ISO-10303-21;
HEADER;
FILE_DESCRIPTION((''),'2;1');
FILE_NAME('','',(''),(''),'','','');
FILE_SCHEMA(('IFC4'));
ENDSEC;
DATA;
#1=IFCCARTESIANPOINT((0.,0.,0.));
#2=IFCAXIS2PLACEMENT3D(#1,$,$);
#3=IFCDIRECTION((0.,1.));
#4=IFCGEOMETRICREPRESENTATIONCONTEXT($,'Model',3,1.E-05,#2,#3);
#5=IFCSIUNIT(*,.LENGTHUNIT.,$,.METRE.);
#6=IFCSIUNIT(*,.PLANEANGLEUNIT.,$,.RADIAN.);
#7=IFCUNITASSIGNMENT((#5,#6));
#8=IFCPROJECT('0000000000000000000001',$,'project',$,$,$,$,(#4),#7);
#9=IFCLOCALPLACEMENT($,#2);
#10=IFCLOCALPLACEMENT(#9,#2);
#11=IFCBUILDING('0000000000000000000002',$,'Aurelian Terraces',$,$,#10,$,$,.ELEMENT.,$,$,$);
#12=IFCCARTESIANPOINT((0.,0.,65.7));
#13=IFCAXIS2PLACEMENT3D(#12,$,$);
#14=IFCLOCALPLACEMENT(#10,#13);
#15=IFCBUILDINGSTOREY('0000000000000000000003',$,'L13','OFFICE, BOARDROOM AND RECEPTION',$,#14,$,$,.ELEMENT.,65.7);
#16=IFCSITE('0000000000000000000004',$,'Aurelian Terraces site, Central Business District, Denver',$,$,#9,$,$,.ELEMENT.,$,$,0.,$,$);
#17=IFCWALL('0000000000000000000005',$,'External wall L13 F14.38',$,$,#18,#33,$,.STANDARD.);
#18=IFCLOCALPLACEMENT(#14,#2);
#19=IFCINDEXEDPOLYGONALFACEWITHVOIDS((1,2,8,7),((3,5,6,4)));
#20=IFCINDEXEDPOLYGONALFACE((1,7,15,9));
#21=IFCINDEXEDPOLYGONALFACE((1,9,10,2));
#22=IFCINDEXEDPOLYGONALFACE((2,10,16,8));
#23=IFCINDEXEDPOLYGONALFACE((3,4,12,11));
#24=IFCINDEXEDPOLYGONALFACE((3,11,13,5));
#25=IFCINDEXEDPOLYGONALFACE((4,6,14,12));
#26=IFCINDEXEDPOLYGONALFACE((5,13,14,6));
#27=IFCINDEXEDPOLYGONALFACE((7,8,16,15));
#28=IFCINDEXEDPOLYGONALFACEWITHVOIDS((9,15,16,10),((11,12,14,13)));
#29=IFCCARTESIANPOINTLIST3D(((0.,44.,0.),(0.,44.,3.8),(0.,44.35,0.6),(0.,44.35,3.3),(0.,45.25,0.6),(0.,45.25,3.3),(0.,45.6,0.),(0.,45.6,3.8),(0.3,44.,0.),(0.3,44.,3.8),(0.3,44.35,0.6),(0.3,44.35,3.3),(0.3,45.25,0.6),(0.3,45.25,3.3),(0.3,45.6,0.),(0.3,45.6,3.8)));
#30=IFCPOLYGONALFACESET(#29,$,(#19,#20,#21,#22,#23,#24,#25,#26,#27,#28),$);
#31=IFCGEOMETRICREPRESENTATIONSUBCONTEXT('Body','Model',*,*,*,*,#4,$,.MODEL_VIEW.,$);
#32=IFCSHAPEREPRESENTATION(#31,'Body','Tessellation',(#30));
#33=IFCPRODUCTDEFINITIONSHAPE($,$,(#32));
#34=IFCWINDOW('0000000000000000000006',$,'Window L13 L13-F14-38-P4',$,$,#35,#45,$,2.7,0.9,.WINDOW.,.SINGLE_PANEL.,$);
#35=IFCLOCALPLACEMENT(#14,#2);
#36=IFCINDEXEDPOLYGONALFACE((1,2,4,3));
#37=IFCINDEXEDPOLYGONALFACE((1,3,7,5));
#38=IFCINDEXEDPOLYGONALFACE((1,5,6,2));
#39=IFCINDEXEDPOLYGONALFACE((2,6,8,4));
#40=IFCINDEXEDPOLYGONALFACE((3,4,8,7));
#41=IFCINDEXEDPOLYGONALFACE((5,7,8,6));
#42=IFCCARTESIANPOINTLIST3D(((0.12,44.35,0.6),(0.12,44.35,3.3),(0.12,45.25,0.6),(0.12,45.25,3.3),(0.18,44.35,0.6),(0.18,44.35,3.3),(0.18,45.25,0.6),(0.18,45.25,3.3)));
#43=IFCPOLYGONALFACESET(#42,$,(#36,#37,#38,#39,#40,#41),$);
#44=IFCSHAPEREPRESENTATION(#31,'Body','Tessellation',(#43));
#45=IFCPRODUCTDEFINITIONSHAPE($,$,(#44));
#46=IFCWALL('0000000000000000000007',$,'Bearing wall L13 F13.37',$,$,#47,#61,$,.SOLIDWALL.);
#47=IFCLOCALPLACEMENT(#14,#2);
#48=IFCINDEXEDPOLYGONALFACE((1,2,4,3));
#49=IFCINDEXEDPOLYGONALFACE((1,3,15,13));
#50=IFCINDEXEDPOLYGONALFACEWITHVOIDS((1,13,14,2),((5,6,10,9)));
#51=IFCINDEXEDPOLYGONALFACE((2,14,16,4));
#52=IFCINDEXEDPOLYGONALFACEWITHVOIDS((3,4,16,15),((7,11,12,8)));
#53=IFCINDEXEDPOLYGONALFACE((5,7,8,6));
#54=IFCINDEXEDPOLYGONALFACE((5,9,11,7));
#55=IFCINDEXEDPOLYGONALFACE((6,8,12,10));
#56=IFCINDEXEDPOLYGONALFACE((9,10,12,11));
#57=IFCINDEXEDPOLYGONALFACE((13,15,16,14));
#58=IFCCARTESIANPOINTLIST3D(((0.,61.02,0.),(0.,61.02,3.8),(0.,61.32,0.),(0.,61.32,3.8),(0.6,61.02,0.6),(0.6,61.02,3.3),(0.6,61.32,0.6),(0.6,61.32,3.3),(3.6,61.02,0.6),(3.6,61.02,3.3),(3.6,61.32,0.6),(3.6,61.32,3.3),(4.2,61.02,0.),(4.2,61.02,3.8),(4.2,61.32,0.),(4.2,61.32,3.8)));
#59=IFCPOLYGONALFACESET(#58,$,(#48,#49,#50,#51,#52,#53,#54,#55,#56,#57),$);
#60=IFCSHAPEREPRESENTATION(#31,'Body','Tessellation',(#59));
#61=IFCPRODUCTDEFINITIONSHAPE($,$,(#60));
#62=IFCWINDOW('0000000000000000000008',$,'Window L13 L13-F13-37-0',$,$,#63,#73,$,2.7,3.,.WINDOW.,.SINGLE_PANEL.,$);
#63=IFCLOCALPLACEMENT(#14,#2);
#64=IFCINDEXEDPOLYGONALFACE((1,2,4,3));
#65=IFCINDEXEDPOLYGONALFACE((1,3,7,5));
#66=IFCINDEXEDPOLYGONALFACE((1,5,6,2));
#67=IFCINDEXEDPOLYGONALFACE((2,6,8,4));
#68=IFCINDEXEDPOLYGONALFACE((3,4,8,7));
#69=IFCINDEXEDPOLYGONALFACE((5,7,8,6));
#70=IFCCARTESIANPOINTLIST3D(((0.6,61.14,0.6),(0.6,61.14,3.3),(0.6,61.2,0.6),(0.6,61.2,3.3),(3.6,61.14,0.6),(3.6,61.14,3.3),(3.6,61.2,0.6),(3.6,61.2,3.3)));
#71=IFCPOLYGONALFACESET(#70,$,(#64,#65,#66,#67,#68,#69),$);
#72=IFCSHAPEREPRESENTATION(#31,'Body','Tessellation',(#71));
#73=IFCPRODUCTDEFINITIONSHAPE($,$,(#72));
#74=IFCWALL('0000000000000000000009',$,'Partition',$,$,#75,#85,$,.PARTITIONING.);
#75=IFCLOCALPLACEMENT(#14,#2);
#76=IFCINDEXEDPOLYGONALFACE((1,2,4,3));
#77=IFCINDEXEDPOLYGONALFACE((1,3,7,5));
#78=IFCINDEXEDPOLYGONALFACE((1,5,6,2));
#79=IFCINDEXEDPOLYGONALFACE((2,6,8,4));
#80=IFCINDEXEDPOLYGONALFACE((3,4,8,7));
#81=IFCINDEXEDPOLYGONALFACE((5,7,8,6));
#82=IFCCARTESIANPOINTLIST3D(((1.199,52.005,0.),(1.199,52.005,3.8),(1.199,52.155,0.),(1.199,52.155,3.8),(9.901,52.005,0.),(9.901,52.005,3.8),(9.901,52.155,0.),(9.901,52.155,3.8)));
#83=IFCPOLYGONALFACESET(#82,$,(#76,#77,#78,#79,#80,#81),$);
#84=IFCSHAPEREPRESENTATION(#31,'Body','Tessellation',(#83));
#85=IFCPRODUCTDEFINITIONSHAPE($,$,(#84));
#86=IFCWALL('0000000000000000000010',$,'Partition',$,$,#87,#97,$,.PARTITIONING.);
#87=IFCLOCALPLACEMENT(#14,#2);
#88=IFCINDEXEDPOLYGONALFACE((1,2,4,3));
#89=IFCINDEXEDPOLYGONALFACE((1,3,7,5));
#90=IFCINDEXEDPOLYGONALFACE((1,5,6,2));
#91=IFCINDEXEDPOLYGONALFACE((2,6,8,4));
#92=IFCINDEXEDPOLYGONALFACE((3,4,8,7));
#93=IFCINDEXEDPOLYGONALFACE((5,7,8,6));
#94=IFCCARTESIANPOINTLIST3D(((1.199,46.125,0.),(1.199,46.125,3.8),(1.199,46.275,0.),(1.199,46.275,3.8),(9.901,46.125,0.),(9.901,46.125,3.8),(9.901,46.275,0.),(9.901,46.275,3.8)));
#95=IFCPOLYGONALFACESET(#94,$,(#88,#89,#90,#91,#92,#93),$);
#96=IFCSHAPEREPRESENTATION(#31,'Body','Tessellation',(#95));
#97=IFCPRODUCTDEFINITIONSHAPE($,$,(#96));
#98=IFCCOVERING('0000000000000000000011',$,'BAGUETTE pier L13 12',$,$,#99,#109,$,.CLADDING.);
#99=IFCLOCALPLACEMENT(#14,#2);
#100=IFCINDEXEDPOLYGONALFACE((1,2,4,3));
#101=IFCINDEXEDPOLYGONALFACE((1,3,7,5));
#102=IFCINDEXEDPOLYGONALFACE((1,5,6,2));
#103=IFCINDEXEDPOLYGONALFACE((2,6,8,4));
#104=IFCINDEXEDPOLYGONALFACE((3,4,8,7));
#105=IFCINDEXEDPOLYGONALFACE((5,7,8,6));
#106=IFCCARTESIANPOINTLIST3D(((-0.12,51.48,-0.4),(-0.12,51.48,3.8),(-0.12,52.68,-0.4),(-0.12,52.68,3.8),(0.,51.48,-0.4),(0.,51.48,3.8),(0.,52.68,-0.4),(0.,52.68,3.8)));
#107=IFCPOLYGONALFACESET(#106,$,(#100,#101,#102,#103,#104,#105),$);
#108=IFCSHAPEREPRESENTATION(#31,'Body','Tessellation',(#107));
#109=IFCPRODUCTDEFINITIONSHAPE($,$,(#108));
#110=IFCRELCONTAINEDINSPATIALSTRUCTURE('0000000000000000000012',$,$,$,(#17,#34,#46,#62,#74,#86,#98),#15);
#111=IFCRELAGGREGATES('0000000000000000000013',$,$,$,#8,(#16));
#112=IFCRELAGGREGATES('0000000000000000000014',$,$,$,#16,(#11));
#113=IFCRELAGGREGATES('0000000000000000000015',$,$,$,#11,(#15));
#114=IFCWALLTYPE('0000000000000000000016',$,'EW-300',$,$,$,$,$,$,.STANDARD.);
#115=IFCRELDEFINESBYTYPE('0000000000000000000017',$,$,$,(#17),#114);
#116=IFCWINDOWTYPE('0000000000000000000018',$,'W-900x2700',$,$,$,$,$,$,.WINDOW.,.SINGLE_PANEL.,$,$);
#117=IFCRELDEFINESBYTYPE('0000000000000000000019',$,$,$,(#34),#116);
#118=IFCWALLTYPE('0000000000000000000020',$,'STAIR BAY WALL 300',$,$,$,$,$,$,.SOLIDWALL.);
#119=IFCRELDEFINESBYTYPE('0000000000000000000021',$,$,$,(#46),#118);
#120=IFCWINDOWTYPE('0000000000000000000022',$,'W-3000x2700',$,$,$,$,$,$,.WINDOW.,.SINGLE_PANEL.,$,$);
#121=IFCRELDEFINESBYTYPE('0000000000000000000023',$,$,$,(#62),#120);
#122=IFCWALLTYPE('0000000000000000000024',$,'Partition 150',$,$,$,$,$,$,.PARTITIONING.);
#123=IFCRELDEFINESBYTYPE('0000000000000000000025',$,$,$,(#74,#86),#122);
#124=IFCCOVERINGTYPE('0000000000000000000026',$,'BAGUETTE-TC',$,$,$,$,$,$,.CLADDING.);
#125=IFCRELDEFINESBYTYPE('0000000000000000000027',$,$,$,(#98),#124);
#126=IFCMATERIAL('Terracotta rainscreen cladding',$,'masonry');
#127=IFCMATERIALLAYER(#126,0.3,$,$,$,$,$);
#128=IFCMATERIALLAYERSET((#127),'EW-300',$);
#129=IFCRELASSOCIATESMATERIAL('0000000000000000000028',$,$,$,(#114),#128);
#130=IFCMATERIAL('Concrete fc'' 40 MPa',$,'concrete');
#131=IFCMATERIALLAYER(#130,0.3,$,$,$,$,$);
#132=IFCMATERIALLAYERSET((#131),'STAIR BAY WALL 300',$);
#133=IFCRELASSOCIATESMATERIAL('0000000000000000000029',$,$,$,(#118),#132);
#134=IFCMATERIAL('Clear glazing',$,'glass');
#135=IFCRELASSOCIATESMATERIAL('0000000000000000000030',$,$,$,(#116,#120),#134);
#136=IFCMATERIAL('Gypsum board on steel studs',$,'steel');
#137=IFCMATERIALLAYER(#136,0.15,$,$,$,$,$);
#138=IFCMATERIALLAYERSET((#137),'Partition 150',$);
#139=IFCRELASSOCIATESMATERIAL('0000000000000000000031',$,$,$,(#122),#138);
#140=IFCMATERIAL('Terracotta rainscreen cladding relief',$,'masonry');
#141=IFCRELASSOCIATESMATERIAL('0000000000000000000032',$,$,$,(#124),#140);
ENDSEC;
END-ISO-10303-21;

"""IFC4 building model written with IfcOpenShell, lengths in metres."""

from ifc_helpers import new_model, si_unit, direction, frame, frame_2d, origin, origin_2d, place, context, subcontext, project, spatial, rectangle, extrude, source, transform, mapped, material, layer, layer_set, type_object, element, fill, save


model = new_model("IFC4")

# Units and contexts
model_context = context("Model", 3, precision=1e-05, world=origin(), true_north=direction((0.0, 1.0)))
body_context = subcontext(model_context, "Body", "Model", "MODEL_VIEW")
ifc_project = project(units=[si_unit("LENGTHUNIT", "METRE"), si_unit("PLANEANGLEUNIT", "RADIAN")], contexts=[model_context])

# Site, building, storey
site_placement = place(None, origin())
site = spatial("IfcSite", under=ifc_project, at=site_placement, Name="Aurelian Terraces site, Central Business District, Denver", CompositionType="ELEMENT", RefElevation=0.0)
building_placement = place(site_placement, origin())
building = spatial("IfcBuilding", under=site, at=building_placement, Name="Aurelian Terraces", CompositionType="ELEMENT")
storey_placement = place(building_placement, frame((0.0, 0.0, 65.7)))
storey = spatial("IfcBuildingStorey", under=building, at=storey_placement, Name="L13", Description="OFFICE, BOARDROOM AND RECEPTION", CompositionType="ELEMENT", Elevation=65.7)

# Shared definitions
ifc_material_1 = material(Name="Concrete fc' 40 MPa", Category="concrete")

# Shared definitions
ifc_material_2 = material(Name="Terracotta rainscreen cladding", Category="masonry")
ifc_layer_1 = layer(ifc_material_2, 0.3)
ifc_layer_set_1 = layer_set([ifc_layer_1], Name="EW-300")
wall_type_1 = type_object("IfcWallType", Name="EW-300", PredefinedType="STANDARD", material=ifc_layer_set_1)

# Shared definitions
ifc_layer_2 = layer(ifc_material_1, 0.3)
ifc_layer_set_2 = layer_set([ifc_layer_2], Name="STAIR BAY WALL 300")
wall_type_2 = type_object("IfcWallType", Name="STAIR BAY WALL 300", PredefinedType="SOLIDWALL", material=ifc_layer_set_2)
ifc_material_3 = material(Name="Clear glazing", Category="glass")

# Walls, openings, windows
shared_shape_1 = source(origin(), body_context, "Body", "SweptSolid", [
    extrude(rectangle(XDim=1.6, YDim=0.3, at=frame_2d((0.8, 0.0))), origin(), (0.0, 0.0, 1.0), 3.8),
])
wall_1_placement = place(storey_placement, frame((0.15, 45.6, 0.0), z_axis=(0.0, 0.0, 1.0), x_axis=(0.0, -1.0, 0.0)))
wall_1 = element("IfcWall", 1, at=wall_1_placement, inside=storey, type_object=wall_type_1, Name="External wall L13 F14.38", PredefinedType="STANDARD", context=body_context, shape_type="MappedRepresentation", body=[
    mapped(shared_shape_1, transform((0.0, 0.0, 0.0), scale=1.0)),
])
shared_shape_2 = source(origin(), body_context, "Body", "SweptSolid", [
    extrude(rectangle(XDim=0.9, YDim=2.7, at=frame_2d((0.45, 1.35))), frame((0.0, 0.16, 0.0), z_axis=(0.0, -1.0, 0.0), x_axis=(1.0, 0.0, 0.0)), (0.0, 0.0, 1.0), 0.32),
])
opening_1_placement = place(wall_1_placement, frame((0.35, 0.0, 0.6)))
opening_1 = element("IfcOpeningElement", 2, at=opening_1_placement, cuts=wall_1, PredefinedType="OPENING", context=body_context, shape_type="MappedRepresentation", body=[
    mapped(shared_shape_2, transform((0.0, 0.0, 0.0), scale=1.0)),
])
window_type_1 = type_object("IfcWindowType", Name="W-900x2700", PartitioningType="SINGLE_PANEL", PredefinedType="WINDOW", material=ifc_material_3)
shared_shape_3 = source(origin(), body_context, "Body", "SweptSolid", [
    extrude(rectangle(XDim=0.9, YDim=2.7, at=frame_2d((0.45, 1.35))), frame((0.0, 0.03, 0.0), z_axis=(0.0, -1.0, 0.0), x_axis=(1.0, 0.0, 0.0)), (0.0, 0.0, 1.0), 0.06),
])
window_1_placement = place(opening_1_placement, origin())
window_1 = element("IfcWindow", 3, at=window_1_placement, inside=storey, type_object=window_type_1, Name="Window L13 L13-F14-38-P4", OverallHeight=2.7, OverallWidth=0.9, PartitioningType="SINGLE_PANEL", PredefinedType="WINDOW", context=body_context, shape_type="MappedRepresentation", body=[
    mapped(shared_shape_3, transform((0.0, 0.0, 0.0), scale=1.0)),
])
fill(opening_1, window_1)
shared_shape_4 = source(origin(), body_context, "Body", "SweptSolid", [
    extrude(rectangle(XDim=4.2, YDim=0.3, at=frame_2d((2.1, 0.0))), origin(), (0.0, 0.0, 1.0), 3.8),
])
wall_2_placement = place(storey_placement, frame((4.2, 61.17, 0.0), z_axis=(0.0, 0.0, 1.0), x_axis=(-1.0, 0.0, 0.0)))
wall_2 = element("IfcWall", 4, at=wall_2_placement, inside=storey, type_object=wall_type_2, Name="Bearing wall L13 F13.37", PredefinedType="SOLIDWALL", context=body_context, shape_type="MappedRepresentation", body=[
    mapped(shared_shape_4, transform((0.0, 0.0, 0.0), scale=1.0)),
])
shared_shape_5 = source(origin(), body_context, "Body", "SweptSolid", [
    extrude(rectangle(XDim=3.0, YDim=2.7, at=frame_2d((1.5, 1.35))), frame((0.0, 0.16, 0.0), z_axis=(0.0, -1.0, 0.0), x_axis=(1.0, 0.0, 0.0)), (0.0, 0.0, 1.0), 0.32),
])
opening_2_placement = place(wall_2_placement, frame((0.6, 0.0, 0.6)))
opening_2 = element("IfcOpeningElement", 5, at=opening_2_placement, cuts=wall_2, PredefinedType="OPENING", context=body_context, shape_type="MappedRepresentation", body=[
    mapped(shared_shape_5, transform((0.0, 0.0, 0.0), scale=1.0)),
])
window_type_2 = type_object("IfcWindowType", Name="W-3000x2700", PartitioningType="SINGLE_PANEL", PredefinedType="WINDOW", material=ifc_material_3)
shared_shape_6 = source(origin(), body_context, "Body", "SweptSolid", [
    extrude(rectangle(XDim=3.0, YDim=2.7, at=frame_2d((1.5, 1.35))), frame((0.0, 0.03, 0.0), z_axis=(0.0, -1.0, 0.0), x_axis=(1.0, 0.0, 0.0)), (0.0, 0.0, 1.0), 0.06),
])
window_2_placement = place(opening_2_placement, origin())
window_2 = element("IfcWindow", 6, at=window_2_placement, inside=storey, type_object=window_type_2, Name="Window L13 L13-F13-37-0", OverallHeight=2.7, OverallWidth=3.0, PartitioningType="SINGLE_PANEL", PredefinedType="WINDOW", context=body_context, shape_type="MappedRepresentation", body=[
    mapped(shared_shape_6, transform((0.0, 0.0, 0.0), scale=1.0)),
])
fill(opening_2, window_2)

# Walls
ifc_material_4 = material(Name="Gypsum board on steel studs", Category="steel")
ifc_layer_3 = layer(ifc_material_4, 0.15)
ifc_layer_set_3 = layer_set([ifc_layer_3], Name="Partition 150")
wall_type_3 = type_object("IfcWallType", Name="Partition 150", PredefinedType="PARTITIONING", material=ifc_layer_set_3)
shared_shape_7 = source(origin(), body_context, "Body", "SweptSolid", [
    extrude(rectangle(XDim=8.702, YDim=0.15, at=frame_2d((4.351, 0.0))), origin(), (0.0, 0.0, 1.0), 3.8),
])
for number, where, z_axis, x_axis, name in (
    (7, (9.901, 52.08, 0.0), (0.0, 0.0, 1.0), (-1.0, 0.0, 0.0), "Partition"),
    (8, (9.901, 46.2, 0.0), (0.0, 0.0, 1.0), (-1.0, 0.0, 0.0), "Partition"),
):
    element("IfcWall", number, at=place(storey_placement, frame(where, z_axis=z_axis, x_axis=x_axis)), inside=storey, type_object=wall_type_3, Name=name, PredefinedType="PARTITIONING", context=body_context, shape_type="MappedRepresentation", body=[
        mapped(shared_shape_7, transform((0.0, 0.0, 0.0), scale=1.0)),
    ])

# Covering
ifc_material_5 = material(Name="Terracotta rainscreen cladding relief", Category="masonry")
covering_type = type_object("IfcCoveringType", Name="BAGUETTE-TC", PredefinedType="CLADDING", material=ifc_material_5)
shared_shape_8 = source(origin(), body_context, "Body", "SweptSolid", [
    extrude(rectangle(XDim=0.12, YDim=1.2, at=origin_2d()), origin(), (0.0, 0.0, 1.0), 4.2),
])
covering_placement = place(storey_placement, frame((-0.06, 52.08, -0.4), z_axis=(0.0, 0.0, 1.0), x_axis=(1.0, 0.0, 0.0)))
element("IfcCovering", 9, at=covering_placement, inside=storey, type_object=covering_type, Name="BAGUETTE pier L13 12", PredefinedType="CLADDING", context=body_context, shape_type="MappedRepresentation", body=[
    mapped(shared_shape_8, transform((0.0, 0.0, 0.0), scale=1.0)),
])

save(model, "model.ifc")
